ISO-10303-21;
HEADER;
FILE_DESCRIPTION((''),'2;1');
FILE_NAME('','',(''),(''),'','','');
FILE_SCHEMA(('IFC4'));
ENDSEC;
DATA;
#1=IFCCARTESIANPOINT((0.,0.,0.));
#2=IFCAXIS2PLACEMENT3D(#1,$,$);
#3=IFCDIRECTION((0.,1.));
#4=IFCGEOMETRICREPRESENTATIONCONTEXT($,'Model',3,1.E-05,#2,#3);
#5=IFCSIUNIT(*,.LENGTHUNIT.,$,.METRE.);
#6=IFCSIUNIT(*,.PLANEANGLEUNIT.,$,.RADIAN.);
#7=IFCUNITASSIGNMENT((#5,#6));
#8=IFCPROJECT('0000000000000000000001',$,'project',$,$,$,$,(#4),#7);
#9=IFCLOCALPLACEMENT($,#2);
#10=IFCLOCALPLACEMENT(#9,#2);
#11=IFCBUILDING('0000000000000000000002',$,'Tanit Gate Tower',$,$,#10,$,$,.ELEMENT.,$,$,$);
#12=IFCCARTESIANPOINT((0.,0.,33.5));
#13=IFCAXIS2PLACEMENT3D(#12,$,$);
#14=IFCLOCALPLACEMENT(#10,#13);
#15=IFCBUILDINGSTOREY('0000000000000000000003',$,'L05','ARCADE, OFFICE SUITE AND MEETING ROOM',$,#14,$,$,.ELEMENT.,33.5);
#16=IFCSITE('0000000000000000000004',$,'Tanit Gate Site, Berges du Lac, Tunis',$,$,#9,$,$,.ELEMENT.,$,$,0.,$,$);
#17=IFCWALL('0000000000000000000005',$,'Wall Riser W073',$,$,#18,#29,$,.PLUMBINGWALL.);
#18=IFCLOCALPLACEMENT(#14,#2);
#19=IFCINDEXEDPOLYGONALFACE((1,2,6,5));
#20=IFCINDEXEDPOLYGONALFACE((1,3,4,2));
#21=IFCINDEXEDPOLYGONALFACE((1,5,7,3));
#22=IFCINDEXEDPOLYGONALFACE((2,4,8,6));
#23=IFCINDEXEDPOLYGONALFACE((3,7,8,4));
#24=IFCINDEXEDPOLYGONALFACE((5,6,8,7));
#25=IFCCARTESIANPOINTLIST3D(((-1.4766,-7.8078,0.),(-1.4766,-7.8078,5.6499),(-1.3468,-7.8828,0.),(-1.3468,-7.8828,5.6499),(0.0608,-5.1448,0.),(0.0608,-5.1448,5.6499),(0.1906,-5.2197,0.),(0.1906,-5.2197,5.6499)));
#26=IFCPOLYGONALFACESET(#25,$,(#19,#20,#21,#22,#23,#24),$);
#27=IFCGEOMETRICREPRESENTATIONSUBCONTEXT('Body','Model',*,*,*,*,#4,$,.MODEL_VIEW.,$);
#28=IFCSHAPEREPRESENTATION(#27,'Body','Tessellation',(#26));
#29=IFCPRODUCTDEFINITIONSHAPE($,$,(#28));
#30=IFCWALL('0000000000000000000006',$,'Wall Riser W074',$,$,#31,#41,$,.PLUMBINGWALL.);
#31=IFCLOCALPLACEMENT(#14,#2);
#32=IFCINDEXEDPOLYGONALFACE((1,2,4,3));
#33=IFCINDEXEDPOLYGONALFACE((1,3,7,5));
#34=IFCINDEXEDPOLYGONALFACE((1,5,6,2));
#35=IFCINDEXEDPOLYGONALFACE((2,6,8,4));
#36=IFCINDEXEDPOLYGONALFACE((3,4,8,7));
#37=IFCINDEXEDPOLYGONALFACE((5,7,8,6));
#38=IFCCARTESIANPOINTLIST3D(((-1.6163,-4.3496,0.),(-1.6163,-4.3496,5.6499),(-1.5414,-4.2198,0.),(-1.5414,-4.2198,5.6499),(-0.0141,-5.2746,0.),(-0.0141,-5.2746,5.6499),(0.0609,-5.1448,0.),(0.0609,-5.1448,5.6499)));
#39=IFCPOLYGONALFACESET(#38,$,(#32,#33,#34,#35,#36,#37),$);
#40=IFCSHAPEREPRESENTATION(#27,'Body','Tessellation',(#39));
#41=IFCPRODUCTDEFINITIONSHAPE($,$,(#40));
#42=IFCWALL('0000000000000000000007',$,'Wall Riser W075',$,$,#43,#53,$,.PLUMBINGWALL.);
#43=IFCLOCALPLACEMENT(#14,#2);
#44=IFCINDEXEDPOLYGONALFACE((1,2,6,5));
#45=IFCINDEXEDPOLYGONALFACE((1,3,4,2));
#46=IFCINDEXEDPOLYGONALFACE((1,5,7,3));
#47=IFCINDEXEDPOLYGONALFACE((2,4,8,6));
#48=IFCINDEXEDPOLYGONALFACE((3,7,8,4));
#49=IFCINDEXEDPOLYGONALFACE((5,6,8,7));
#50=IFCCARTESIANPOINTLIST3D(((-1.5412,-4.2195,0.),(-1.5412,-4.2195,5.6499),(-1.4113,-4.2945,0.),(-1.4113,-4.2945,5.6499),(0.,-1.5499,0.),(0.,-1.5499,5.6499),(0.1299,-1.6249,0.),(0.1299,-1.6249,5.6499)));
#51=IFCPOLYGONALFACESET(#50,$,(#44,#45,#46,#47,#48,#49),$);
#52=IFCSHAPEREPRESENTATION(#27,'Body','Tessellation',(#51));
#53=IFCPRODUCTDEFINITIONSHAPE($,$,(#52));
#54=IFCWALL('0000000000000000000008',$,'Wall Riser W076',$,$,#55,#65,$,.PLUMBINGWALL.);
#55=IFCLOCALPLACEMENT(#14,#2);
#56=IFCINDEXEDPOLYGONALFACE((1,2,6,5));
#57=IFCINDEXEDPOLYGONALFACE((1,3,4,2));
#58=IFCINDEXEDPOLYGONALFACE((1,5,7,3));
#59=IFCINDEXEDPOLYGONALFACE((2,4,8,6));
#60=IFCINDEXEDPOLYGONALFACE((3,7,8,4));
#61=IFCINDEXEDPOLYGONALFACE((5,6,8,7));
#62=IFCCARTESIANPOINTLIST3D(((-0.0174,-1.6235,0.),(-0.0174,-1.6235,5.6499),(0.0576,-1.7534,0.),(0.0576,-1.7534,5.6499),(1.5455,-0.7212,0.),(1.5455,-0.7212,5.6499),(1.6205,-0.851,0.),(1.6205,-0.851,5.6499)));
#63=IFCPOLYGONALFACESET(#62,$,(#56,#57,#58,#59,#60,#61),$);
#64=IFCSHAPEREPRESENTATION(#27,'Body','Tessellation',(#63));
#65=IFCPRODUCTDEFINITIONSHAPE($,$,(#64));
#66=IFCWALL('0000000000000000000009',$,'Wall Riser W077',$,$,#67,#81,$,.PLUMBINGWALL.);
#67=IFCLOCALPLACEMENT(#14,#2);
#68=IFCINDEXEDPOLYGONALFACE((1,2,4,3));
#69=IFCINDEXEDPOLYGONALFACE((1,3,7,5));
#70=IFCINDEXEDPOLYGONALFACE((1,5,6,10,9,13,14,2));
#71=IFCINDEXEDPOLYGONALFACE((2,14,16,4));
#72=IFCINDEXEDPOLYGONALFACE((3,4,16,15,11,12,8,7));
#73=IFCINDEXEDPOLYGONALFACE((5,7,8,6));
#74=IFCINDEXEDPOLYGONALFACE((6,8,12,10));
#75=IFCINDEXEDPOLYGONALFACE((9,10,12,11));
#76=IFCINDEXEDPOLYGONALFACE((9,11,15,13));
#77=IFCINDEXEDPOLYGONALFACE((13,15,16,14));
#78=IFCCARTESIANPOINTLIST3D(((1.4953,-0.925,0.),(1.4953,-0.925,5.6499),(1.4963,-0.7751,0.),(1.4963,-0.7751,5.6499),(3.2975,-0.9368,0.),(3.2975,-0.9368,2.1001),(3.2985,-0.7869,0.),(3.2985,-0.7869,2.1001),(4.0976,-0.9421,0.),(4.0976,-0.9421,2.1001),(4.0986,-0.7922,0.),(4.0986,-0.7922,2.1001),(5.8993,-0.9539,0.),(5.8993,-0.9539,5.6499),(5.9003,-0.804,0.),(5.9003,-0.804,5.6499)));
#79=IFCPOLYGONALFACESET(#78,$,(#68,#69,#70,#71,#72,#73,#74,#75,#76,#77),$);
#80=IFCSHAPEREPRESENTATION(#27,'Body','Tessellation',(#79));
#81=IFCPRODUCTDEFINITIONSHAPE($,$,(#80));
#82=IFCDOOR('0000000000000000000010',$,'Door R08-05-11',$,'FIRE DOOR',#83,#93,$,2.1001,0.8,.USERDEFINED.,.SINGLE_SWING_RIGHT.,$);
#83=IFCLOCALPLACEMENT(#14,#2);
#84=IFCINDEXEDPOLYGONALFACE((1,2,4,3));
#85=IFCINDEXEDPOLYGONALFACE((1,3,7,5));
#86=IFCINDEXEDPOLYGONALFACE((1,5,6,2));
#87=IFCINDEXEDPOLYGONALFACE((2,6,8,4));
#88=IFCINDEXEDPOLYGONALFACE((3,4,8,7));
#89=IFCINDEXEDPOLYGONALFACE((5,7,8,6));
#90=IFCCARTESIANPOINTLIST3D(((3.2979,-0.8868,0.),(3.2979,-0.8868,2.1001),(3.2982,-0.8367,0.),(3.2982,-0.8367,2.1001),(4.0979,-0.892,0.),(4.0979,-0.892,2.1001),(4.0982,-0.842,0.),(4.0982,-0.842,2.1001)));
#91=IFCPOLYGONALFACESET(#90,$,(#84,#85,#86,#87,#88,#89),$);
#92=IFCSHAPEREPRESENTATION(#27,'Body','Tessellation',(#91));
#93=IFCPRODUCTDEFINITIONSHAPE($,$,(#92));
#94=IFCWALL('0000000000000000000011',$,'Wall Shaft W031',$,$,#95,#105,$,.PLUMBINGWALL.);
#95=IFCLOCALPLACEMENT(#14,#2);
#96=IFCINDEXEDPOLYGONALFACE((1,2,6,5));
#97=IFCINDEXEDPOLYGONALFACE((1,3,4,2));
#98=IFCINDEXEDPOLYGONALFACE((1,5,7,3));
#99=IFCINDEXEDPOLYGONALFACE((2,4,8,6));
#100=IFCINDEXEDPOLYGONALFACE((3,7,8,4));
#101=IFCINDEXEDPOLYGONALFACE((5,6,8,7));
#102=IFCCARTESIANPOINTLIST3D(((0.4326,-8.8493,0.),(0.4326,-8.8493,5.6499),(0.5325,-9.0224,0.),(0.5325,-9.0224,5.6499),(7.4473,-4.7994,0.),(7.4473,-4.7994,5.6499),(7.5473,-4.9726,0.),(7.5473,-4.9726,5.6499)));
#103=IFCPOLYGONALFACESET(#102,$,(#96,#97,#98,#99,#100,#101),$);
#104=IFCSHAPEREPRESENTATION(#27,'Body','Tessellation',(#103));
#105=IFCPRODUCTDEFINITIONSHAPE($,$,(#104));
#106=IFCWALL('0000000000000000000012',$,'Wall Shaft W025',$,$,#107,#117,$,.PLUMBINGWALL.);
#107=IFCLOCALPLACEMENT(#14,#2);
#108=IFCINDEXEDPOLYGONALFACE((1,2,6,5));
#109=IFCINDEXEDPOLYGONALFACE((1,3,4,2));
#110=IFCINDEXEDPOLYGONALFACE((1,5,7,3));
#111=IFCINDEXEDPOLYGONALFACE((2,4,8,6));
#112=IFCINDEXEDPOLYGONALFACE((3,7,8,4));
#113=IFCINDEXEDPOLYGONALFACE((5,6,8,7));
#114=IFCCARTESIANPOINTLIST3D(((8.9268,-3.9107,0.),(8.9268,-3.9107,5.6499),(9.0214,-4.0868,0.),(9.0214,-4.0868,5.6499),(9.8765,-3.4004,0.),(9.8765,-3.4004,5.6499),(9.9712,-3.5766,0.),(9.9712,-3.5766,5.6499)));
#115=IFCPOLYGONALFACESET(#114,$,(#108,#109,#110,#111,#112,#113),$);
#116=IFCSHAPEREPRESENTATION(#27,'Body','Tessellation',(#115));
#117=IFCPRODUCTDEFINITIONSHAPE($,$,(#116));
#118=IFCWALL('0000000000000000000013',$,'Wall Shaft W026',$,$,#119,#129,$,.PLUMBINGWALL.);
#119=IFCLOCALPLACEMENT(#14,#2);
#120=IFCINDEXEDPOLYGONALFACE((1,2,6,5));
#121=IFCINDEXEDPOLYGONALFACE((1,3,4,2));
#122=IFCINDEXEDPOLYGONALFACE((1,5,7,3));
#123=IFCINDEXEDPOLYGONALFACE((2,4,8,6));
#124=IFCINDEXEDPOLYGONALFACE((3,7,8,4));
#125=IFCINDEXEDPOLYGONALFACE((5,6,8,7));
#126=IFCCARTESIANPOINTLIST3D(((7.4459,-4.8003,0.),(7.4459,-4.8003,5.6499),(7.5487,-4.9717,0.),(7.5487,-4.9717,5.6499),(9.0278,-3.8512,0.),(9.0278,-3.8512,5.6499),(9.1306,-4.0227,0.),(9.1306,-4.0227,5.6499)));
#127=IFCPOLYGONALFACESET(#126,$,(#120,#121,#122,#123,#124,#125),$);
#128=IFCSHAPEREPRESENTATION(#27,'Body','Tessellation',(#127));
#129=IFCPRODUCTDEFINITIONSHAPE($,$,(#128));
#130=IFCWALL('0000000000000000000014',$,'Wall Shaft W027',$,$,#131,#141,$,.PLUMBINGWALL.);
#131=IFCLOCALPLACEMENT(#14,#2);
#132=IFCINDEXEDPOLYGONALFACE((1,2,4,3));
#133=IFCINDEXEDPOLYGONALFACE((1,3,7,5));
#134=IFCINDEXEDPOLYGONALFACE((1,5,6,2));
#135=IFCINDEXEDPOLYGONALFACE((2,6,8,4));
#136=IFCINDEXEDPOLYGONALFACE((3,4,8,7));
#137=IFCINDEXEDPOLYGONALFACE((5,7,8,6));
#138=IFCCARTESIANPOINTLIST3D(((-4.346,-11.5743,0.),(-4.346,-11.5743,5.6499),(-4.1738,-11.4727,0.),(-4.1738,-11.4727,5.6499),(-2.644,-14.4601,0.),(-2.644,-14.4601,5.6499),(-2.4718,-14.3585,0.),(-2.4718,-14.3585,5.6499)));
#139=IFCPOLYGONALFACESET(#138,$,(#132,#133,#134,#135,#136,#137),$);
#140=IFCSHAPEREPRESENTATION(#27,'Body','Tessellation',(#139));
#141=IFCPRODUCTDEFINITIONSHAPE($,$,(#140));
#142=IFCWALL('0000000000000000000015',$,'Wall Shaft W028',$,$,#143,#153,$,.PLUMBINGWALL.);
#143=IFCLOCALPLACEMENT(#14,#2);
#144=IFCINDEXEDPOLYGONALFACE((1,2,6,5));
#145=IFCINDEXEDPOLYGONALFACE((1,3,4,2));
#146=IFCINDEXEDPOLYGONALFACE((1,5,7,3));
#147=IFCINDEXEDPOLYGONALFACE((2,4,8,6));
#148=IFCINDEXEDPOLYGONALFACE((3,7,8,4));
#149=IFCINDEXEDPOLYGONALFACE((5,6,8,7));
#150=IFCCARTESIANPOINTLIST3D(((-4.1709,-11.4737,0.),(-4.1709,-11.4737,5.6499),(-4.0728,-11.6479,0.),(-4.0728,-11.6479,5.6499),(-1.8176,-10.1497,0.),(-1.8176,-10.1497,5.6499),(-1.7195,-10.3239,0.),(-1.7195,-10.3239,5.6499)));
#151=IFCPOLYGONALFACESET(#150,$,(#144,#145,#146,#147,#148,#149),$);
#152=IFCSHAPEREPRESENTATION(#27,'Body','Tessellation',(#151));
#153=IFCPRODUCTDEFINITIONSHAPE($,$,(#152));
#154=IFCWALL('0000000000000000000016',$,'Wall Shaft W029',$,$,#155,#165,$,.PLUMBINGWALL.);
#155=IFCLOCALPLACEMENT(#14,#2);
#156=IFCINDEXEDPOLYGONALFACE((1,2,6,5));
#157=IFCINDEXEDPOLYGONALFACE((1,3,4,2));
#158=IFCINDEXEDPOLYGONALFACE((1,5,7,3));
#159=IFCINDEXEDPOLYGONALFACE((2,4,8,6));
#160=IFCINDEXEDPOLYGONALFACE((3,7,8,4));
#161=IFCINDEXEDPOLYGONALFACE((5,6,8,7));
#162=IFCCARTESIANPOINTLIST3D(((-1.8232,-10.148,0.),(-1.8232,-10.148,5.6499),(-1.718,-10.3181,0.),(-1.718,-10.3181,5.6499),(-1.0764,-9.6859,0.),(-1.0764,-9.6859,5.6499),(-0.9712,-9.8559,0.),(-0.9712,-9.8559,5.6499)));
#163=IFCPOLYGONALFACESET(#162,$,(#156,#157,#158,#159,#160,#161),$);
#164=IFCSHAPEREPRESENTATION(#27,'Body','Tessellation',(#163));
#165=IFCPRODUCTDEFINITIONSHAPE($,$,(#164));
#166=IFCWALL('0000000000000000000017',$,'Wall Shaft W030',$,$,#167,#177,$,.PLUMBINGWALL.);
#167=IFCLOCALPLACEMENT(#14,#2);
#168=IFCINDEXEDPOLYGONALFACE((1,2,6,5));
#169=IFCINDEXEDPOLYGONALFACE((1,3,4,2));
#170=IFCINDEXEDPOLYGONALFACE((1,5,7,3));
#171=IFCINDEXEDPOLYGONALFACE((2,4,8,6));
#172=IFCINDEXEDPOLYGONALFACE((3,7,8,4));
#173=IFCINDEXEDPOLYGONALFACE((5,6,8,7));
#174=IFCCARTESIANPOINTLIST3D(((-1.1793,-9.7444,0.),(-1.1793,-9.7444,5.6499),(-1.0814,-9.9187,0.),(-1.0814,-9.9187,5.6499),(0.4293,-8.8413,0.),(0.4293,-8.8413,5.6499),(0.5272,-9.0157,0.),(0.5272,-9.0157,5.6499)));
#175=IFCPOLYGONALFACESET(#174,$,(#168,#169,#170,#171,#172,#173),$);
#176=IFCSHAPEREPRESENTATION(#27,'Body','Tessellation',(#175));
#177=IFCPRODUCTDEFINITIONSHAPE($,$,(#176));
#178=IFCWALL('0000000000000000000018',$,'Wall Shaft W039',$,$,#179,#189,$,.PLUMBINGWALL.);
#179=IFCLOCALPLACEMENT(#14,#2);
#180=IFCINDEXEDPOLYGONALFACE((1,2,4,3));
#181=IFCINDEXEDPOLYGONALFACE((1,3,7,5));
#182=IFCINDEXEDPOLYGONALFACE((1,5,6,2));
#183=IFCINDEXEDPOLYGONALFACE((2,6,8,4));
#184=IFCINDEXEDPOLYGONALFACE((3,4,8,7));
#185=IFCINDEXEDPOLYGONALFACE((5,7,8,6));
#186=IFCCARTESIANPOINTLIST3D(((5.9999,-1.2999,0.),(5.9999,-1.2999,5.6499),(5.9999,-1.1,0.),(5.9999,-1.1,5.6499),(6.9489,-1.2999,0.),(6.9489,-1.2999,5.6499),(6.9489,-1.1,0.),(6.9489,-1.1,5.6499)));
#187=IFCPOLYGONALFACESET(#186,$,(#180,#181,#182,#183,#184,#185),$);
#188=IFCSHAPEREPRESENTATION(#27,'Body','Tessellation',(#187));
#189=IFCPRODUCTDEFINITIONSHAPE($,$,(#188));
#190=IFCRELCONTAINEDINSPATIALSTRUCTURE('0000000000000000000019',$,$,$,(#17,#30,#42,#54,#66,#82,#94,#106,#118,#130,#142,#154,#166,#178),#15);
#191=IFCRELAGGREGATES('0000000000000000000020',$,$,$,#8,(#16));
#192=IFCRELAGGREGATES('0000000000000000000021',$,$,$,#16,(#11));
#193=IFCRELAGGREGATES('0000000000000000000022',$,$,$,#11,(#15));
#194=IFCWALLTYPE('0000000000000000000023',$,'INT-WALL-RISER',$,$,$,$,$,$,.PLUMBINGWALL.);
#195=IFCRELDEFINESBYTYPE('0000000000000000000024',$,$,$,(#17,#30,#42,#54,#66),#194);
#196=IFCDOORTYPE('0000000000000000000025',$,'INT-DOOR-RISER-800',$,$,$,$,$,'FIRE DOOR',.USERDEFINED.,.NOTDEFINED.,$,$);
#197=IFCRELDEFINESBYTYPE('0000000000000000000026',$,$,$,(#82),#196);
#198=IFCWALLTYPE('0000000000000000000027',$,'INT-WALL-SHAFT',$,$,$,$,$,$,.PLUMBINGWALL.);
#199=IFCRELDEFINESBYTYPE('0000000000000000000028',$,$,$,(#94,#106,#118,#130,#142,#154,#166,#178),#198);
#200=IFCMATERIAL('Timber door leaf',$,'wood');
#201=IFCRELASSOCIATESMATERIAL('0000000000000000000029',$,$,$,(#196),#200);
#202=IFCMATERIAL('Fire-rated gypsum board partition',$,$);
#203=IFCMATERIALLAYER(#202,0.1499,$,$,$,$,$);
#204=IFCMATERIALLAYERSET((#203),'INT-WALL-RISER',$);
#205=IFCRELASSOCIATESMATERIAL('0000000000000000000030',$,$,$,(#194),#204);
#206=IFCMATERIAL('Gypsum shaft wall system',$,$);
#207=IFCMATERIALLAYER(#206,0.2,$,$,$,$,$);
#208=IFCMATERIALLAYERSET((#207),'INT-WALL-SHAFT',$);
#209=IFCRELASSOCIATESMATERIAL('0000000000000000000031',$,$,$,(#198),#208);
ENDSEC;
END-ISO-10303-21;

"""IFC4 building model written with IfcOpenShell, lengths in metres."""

from ifc_helpers import new_model, si_unit, direction, frame, frame_2d, origin, place, context, subcontext, project, spatial, rectangle, extrude, material, layer, layer_set, type_object, element, fill, save


model = new_model("IFC4")

# Units and contexts
model_context = context("Model", 3, precision=1e-05, world=origin(), true_north=direction((0.0, 1.0)))
body_context = subcontext(model_context, "Body", "Model", "MODEL_VIEW")
ifc_project = project(units=[si_unit("LENGTHUNIT", "METRE"), si_unit("PLANEANGLEUNIT", "RADIAN")], contexts=[model_context])

# Site, building, storey
site_placement = place(None, origin())
site = spatial("IfcSite", under=ifc_project, at=site_placement, Name="Tanit Gate Site, Berges du Lac, Tunis", CompositionType="ELEMENT", RefElevation=0.0)
building_placement = place(site_placement, origin())
building = spatial("IfcBuilding", under=site, at=building_placement, Name="Tanit Gate Tower", CompositionType="ELEMENT")
storey_placement = place(building_placement, frame((0.0, 0.0, 33.5)))
storey = spatial("IfcBuildingStorey", under=building, at=storey_placement, Name="L05", Description="ARCADE, OFFICE SUITE AND MEETING ROOM", CompositionType="ELEMENT", Elevation=33.5)

# Shared definitions
ifc_material_1 = material(Name="Timber door leaf", Category="wood")
door_type_1 = type_object("IfcDoorType", Name="INT-DOOR-RISER-800", ElementType="FIRE DOOR", OperationType="NOTDEFINED", PredefinedType="USERDEFINED", material=ifc_material_1)

# Walls
ifc_material_2 = material(Name="Fire-rated gypsum board partition")
ifc_layer_1 = layer(ifc_material_2, 0.1499)
ifc_layer_set_1 = layer_set([ifc_layer_1], Name="INT-WALL-RISER")
wall_type_1 = type_object("IfcWallType", Name="INT-WALL-RISER", PredefinedType="PLUMBINGWALL", material=ifc_layer_set_1)
wall_1_placement = place(storey_placement, frame((0.1257, -5.1821, 0.0), z_axis=(0.0, 0.0, 1.0), x_axis=(-0.499956, -0.866051, 0.0)))
element("IfcWall", 1, at=wall_1_placement, inside=storey, type_object=wall_type_1, Name="Wall Riser W073", PredefinedType="PLUMBINGWALL", context=body_context, shape_type="SweptSolid", body=[
    extrude(rectangle(XDim=3.075, YDim=0.1499, at=frame_2d((1.5376, 0.0))), origin(), (0.0, 0.0, 1.0), 5.6499),
])
wall_2_placement = place(storey_placement, frame((-1.5789, -4.2847, 0.0), z_axis=(0.0, 0.0, 1.0), x_axis=(0.866034, -0.499985, 0.0)))
element("IfcWall", 2, at=wall_2_placement, inside=storey, type_object=wall_type_1, Name="Wall Riser W074", PredefinedType="PLUMBINGWALL", context=body_context, shape_type="SweptSolid", body=[
    extrude(rectangle(XDim=1.8501, YDim=0.1499, at=frame_2d((0.925, 0.0))), origin(), (0.0, 0.0, 1.0), 5.6499),
])
wall_3_placement = place(storey_placement, frame((0.0649, -1.5874, 0.0), z_axis=(0.0, 0.0, 1.0), x_axis=(-0.499981, -0.866037, 0.0)))
element("IfcWall", 3, at=wall_3_placement, inside=storey, type_object=wall_type_1, Name="Wall Riser W075", PredefinedType="PLUMBINGWALL", context=body_context, shape_type="SweptSolid", body=[
    extrude(rectangle(XDim=3.0825, YDim=0.1499, at=frame_2d((1.5413, 0.0))), origin(), (0.0, 0.0, 1.0), 5.6499),
])
wall_4_placement = place(storey_placement, frame((1.583, -0.7861, 0.0), z_axis=(0.0, 0.0, 1.0), x_axis=(-0.866037, -0.49998, 0.0)))
element("IfcWall", 4, at=wall_4_placement, inside=storey, type_object=wall_type_1, Name="Wall Riser W076", PredefinedType="PLUMBINGWALL", context=body_context, shape_type="SweptSolid", body=[
    extrude(rectangle(XDim=1.8047, YDim=0.1499, at=frame_2d((0.9023, 0.0))), origin(), (0.0, 0.0, 1.0), 5.6499),
])

# Wall, opening, door
wall_5_placement = place(storey_placement, frame((5.8999, -0.8789, 0.0), z_axis=(0.0, 0.0, 1.0), x_axis=(-0.999979, 0.006541, 0.0)))
wall_5 = element("IfcWall", 5, at=wall_5_placement, inside=storey, type_object=wall_type_1, Name="Wall Riser W077", PredefinedType="PLUMBINGWALL", context=body_context, shape_type="SweptSolid", body=[
    extrude(rectangle(XDim=4.4041, YDim=0.1499, at=frame_2d((2.2021, 0.0))), origin(), (0.0, 0.0, 1.0), 5.6499),
])
opening_1_placement = place(wall_5_placement, frame((1.802, 0.0, 0.0)))
opening_1 = element("IfcOpeningElement", 6, at=opening_1_placement, cuts=wall_5, PredefinedType="OPENING", context=body_context, shape_type="SweptSolid", body=[
    extrude(rectangle(XDim=0.8, YDim=2.1001, at=frame_2d((0.3999, 1.05))), frame((0.0, 0.085, 0.0), z_axis=(0.0, -1.0, 0.0), x_axis=(1.0, 0.0, 0.0)), (0.0, 0.0, 1.0), 0.1699),
])
door_1_placement = place(opening_1_placement, origin())
door_1 = element("IfcDoor", 7, at=door_1_placement, inside=storey, type_object=door_type_1, Name="Door R08-05-11", ObjectType="FIRE DOOR", OperationType="SINGLE_SWING_RIGHT", OverallHeight=2.1001, OverallWidth=0.8, PredefinedType="USERDEFINED", context=body_context, shape_type="SweptSolid", body=[
    extrude(rectangle(XDim=0.8, YDim=2.1001, at=frame_2d((0.3999, 1.05))), frame((0.0, 0.0249, 0.0), z_axis=(0.0, -1.0, 0.0), x_axis=(1.0, 0.0, 0.0)), (0.0, 0.0, 1.0), 0.05),
])
fill(opening_1, door_1)

# Walls
ifc_material_3 = material(Name="Gypsum shaft wall system")
ifc_layer_2 = layer(ifc_material_3, 0.2)
ifc_layer_set_2 = layer_set([ifc_layer_2], Name="INT-WALL-SHAFT")
wall_type_2 = type_object("IfcWallType", Name="INT-WALL-SHAFT", PredefinedType="PLUMBINGWALL", material=ifc_layer_set_2)
wall_6_placement = place(storey_placement, frame((0.4827, -8.9358, 0.0), z_axis=(0.0, 0.0, 1.0), x_axis=(0.866031, 0.49999, 0.0)))
element("IfcWall", 8, at=wall_6_placement, inside=storey, type_object=wall_type_2, Name="Wall Shaft W031", PredefinedType="PLUMBINGWALL", context=body_context, shape_type="SweptSolid", body=[
    extrude(rectangle(XDim=8.0999, YDim=0.2, at=frame_2d((4.0498, 0.0))), origin(), (0.0, 0.0, 1.0), 5.6499),
])
wall_7_placement = place(storey_placement, frame((8.9741, -3.9988, 0.0), z_axis=(0.0, 0.0, 1.0), x_axis=(0.880907, 0.473289, 0.0)))
element("IfcWall", 9, at=wall_7_placement, inside=storey, type_object=wall_type_2, Name="Wall Shaft W025", PredefinedType="PLUMBINGWALL", context=body_context, shape_type="SweptSolid", body=[
    extrude(rectangle(XDim=1.0781, YDim=0.2, at=frame_2d((0.5391, 0.0))), origin(), (0.0, 0.0, 1.0), 5.6499),
])
wall_8_placement = place(storey_placement, frame((7.4973, -4.886, 0.0), z_axis=(0.0, 0.0, 1.0), x_axis=(0.857516, 0.514457, 0.0)))
element("IfcWall", 10, at=wall_8_placement, inside=storey, type_object=wall_type_2, Name="Wall Shaft W026", PredefinedType="PLUMBINGWALL", context=body_context, shape_type="SweptSolid", body=[
    extrude(rectangle(XDim=1.8447, YDim=0.2, at=frame_2d((0.9224, 0.0))), origin(), (0.0, 0.0, 1.0), 5.6499),
])
wall_9_placement = place(storey_placement, frame((-2.5579, -14.4094, 0.0), z_axis=(0.0, 0.0, 1.0), x_axis=(-0.507997, 0.861359, 0.0)))
element("IfcWall", 11, at=wall_9_placement, inside=storey, type_object=wall_type_2, Name="Wall Shaft W027", PredefinedType="PLUMBINGWALL", context=body_context, shape_type="SweptSolid", body=[
    extrude(rectangle(XDim=3.3503, YDim=0.2, at=frame_2d((1.6753, 0.0))), origin(), (0.0, 0.0, 1.0), 5.6499),
])
wall_10_placement = place(storey_placement, frame((-1.7686, -10.2368, 0.0), z_axis=(0.0, 0.0, 1.0), x_axis=(-0.871534, -0.490334, 0.0)))
element("IfcWall", 12, at=wall_10_placement, inside=storey, type_object=wall_type_2, Name="Wall Shaft W028", PredefinedType="PLUMBINGWALL", context=body_context, shape_type="SweptSolid", body=[
    extrude(rectangle(XDim=2.7002, YDim=0.2, at=frame_2d((1.3501, 0.0))), origin(), (0.0, 0.0, 1.0), 5.6499),
])
wall_11_placement = place(storey_placement, frame((-1.0239, -9.771, 0.0), z_axis=(0.0, 0.0, 1.0), x_axis=(-0.850348, -0.526221, 0.0)))
element("IfcWall", 13, at=wall_11_placement, inside=storey, type_object=wall_type_2, Name="Wall Shaft W029", PredefinedType="PLUMBINGWALL", context=body_context, shape_type="SweptSolid", body=[
    extrude(rectangle(XDim=0.8782, YDim=0.2, at=frame_2d((0.439, 0.0))), origin(), (0.0, 0.0, 1.0), 5.6499),
])
wall_12_placement = place(storey_placement, frame((-1.1304, -9.8315, 0.0), z_axis=(0.0, 0.0, 1.0), x_axis=(0.871989, 0.489526, 0.0)))
element("IfcWall", 14, at=wall_12_placement, inside=storey, type_object=wall_type_2, Name="Wall Shaft W030", PredefinedType="PLUMBINGWALL", context=body_context, shape_type="SweptSolid", body=[
    extrude(rectangle(XDim=1.8447, YDim=0.2, at=frame_2d((0.9224, 0.0))), origin(), (0.0, 0.0, 1.0), 5.6499),
])
wall_13_placement = place(storey_placement, frame((6.949, -1.2, 0.0), z_axis=(0.0, 0.0, 1.0), x_axis=(-1.0, 0.0, 0.0)))
element("IfcWall", 15, at=wall_13_placement, inside=storey, type_object=wall_type_2, Name="Wall Shaft W039", PredefinedType="PLUMBINGWALL", context=body_context, shape_type="SweptSolid", body=[
    extrude(rectangle(XDim=0.949, YDim=0.2, at=frame_2d((0.4746, 0.0))), origin(), (0.0, 0.0, 1.0), 5.6499),
])

save(model, "model.ifc")
